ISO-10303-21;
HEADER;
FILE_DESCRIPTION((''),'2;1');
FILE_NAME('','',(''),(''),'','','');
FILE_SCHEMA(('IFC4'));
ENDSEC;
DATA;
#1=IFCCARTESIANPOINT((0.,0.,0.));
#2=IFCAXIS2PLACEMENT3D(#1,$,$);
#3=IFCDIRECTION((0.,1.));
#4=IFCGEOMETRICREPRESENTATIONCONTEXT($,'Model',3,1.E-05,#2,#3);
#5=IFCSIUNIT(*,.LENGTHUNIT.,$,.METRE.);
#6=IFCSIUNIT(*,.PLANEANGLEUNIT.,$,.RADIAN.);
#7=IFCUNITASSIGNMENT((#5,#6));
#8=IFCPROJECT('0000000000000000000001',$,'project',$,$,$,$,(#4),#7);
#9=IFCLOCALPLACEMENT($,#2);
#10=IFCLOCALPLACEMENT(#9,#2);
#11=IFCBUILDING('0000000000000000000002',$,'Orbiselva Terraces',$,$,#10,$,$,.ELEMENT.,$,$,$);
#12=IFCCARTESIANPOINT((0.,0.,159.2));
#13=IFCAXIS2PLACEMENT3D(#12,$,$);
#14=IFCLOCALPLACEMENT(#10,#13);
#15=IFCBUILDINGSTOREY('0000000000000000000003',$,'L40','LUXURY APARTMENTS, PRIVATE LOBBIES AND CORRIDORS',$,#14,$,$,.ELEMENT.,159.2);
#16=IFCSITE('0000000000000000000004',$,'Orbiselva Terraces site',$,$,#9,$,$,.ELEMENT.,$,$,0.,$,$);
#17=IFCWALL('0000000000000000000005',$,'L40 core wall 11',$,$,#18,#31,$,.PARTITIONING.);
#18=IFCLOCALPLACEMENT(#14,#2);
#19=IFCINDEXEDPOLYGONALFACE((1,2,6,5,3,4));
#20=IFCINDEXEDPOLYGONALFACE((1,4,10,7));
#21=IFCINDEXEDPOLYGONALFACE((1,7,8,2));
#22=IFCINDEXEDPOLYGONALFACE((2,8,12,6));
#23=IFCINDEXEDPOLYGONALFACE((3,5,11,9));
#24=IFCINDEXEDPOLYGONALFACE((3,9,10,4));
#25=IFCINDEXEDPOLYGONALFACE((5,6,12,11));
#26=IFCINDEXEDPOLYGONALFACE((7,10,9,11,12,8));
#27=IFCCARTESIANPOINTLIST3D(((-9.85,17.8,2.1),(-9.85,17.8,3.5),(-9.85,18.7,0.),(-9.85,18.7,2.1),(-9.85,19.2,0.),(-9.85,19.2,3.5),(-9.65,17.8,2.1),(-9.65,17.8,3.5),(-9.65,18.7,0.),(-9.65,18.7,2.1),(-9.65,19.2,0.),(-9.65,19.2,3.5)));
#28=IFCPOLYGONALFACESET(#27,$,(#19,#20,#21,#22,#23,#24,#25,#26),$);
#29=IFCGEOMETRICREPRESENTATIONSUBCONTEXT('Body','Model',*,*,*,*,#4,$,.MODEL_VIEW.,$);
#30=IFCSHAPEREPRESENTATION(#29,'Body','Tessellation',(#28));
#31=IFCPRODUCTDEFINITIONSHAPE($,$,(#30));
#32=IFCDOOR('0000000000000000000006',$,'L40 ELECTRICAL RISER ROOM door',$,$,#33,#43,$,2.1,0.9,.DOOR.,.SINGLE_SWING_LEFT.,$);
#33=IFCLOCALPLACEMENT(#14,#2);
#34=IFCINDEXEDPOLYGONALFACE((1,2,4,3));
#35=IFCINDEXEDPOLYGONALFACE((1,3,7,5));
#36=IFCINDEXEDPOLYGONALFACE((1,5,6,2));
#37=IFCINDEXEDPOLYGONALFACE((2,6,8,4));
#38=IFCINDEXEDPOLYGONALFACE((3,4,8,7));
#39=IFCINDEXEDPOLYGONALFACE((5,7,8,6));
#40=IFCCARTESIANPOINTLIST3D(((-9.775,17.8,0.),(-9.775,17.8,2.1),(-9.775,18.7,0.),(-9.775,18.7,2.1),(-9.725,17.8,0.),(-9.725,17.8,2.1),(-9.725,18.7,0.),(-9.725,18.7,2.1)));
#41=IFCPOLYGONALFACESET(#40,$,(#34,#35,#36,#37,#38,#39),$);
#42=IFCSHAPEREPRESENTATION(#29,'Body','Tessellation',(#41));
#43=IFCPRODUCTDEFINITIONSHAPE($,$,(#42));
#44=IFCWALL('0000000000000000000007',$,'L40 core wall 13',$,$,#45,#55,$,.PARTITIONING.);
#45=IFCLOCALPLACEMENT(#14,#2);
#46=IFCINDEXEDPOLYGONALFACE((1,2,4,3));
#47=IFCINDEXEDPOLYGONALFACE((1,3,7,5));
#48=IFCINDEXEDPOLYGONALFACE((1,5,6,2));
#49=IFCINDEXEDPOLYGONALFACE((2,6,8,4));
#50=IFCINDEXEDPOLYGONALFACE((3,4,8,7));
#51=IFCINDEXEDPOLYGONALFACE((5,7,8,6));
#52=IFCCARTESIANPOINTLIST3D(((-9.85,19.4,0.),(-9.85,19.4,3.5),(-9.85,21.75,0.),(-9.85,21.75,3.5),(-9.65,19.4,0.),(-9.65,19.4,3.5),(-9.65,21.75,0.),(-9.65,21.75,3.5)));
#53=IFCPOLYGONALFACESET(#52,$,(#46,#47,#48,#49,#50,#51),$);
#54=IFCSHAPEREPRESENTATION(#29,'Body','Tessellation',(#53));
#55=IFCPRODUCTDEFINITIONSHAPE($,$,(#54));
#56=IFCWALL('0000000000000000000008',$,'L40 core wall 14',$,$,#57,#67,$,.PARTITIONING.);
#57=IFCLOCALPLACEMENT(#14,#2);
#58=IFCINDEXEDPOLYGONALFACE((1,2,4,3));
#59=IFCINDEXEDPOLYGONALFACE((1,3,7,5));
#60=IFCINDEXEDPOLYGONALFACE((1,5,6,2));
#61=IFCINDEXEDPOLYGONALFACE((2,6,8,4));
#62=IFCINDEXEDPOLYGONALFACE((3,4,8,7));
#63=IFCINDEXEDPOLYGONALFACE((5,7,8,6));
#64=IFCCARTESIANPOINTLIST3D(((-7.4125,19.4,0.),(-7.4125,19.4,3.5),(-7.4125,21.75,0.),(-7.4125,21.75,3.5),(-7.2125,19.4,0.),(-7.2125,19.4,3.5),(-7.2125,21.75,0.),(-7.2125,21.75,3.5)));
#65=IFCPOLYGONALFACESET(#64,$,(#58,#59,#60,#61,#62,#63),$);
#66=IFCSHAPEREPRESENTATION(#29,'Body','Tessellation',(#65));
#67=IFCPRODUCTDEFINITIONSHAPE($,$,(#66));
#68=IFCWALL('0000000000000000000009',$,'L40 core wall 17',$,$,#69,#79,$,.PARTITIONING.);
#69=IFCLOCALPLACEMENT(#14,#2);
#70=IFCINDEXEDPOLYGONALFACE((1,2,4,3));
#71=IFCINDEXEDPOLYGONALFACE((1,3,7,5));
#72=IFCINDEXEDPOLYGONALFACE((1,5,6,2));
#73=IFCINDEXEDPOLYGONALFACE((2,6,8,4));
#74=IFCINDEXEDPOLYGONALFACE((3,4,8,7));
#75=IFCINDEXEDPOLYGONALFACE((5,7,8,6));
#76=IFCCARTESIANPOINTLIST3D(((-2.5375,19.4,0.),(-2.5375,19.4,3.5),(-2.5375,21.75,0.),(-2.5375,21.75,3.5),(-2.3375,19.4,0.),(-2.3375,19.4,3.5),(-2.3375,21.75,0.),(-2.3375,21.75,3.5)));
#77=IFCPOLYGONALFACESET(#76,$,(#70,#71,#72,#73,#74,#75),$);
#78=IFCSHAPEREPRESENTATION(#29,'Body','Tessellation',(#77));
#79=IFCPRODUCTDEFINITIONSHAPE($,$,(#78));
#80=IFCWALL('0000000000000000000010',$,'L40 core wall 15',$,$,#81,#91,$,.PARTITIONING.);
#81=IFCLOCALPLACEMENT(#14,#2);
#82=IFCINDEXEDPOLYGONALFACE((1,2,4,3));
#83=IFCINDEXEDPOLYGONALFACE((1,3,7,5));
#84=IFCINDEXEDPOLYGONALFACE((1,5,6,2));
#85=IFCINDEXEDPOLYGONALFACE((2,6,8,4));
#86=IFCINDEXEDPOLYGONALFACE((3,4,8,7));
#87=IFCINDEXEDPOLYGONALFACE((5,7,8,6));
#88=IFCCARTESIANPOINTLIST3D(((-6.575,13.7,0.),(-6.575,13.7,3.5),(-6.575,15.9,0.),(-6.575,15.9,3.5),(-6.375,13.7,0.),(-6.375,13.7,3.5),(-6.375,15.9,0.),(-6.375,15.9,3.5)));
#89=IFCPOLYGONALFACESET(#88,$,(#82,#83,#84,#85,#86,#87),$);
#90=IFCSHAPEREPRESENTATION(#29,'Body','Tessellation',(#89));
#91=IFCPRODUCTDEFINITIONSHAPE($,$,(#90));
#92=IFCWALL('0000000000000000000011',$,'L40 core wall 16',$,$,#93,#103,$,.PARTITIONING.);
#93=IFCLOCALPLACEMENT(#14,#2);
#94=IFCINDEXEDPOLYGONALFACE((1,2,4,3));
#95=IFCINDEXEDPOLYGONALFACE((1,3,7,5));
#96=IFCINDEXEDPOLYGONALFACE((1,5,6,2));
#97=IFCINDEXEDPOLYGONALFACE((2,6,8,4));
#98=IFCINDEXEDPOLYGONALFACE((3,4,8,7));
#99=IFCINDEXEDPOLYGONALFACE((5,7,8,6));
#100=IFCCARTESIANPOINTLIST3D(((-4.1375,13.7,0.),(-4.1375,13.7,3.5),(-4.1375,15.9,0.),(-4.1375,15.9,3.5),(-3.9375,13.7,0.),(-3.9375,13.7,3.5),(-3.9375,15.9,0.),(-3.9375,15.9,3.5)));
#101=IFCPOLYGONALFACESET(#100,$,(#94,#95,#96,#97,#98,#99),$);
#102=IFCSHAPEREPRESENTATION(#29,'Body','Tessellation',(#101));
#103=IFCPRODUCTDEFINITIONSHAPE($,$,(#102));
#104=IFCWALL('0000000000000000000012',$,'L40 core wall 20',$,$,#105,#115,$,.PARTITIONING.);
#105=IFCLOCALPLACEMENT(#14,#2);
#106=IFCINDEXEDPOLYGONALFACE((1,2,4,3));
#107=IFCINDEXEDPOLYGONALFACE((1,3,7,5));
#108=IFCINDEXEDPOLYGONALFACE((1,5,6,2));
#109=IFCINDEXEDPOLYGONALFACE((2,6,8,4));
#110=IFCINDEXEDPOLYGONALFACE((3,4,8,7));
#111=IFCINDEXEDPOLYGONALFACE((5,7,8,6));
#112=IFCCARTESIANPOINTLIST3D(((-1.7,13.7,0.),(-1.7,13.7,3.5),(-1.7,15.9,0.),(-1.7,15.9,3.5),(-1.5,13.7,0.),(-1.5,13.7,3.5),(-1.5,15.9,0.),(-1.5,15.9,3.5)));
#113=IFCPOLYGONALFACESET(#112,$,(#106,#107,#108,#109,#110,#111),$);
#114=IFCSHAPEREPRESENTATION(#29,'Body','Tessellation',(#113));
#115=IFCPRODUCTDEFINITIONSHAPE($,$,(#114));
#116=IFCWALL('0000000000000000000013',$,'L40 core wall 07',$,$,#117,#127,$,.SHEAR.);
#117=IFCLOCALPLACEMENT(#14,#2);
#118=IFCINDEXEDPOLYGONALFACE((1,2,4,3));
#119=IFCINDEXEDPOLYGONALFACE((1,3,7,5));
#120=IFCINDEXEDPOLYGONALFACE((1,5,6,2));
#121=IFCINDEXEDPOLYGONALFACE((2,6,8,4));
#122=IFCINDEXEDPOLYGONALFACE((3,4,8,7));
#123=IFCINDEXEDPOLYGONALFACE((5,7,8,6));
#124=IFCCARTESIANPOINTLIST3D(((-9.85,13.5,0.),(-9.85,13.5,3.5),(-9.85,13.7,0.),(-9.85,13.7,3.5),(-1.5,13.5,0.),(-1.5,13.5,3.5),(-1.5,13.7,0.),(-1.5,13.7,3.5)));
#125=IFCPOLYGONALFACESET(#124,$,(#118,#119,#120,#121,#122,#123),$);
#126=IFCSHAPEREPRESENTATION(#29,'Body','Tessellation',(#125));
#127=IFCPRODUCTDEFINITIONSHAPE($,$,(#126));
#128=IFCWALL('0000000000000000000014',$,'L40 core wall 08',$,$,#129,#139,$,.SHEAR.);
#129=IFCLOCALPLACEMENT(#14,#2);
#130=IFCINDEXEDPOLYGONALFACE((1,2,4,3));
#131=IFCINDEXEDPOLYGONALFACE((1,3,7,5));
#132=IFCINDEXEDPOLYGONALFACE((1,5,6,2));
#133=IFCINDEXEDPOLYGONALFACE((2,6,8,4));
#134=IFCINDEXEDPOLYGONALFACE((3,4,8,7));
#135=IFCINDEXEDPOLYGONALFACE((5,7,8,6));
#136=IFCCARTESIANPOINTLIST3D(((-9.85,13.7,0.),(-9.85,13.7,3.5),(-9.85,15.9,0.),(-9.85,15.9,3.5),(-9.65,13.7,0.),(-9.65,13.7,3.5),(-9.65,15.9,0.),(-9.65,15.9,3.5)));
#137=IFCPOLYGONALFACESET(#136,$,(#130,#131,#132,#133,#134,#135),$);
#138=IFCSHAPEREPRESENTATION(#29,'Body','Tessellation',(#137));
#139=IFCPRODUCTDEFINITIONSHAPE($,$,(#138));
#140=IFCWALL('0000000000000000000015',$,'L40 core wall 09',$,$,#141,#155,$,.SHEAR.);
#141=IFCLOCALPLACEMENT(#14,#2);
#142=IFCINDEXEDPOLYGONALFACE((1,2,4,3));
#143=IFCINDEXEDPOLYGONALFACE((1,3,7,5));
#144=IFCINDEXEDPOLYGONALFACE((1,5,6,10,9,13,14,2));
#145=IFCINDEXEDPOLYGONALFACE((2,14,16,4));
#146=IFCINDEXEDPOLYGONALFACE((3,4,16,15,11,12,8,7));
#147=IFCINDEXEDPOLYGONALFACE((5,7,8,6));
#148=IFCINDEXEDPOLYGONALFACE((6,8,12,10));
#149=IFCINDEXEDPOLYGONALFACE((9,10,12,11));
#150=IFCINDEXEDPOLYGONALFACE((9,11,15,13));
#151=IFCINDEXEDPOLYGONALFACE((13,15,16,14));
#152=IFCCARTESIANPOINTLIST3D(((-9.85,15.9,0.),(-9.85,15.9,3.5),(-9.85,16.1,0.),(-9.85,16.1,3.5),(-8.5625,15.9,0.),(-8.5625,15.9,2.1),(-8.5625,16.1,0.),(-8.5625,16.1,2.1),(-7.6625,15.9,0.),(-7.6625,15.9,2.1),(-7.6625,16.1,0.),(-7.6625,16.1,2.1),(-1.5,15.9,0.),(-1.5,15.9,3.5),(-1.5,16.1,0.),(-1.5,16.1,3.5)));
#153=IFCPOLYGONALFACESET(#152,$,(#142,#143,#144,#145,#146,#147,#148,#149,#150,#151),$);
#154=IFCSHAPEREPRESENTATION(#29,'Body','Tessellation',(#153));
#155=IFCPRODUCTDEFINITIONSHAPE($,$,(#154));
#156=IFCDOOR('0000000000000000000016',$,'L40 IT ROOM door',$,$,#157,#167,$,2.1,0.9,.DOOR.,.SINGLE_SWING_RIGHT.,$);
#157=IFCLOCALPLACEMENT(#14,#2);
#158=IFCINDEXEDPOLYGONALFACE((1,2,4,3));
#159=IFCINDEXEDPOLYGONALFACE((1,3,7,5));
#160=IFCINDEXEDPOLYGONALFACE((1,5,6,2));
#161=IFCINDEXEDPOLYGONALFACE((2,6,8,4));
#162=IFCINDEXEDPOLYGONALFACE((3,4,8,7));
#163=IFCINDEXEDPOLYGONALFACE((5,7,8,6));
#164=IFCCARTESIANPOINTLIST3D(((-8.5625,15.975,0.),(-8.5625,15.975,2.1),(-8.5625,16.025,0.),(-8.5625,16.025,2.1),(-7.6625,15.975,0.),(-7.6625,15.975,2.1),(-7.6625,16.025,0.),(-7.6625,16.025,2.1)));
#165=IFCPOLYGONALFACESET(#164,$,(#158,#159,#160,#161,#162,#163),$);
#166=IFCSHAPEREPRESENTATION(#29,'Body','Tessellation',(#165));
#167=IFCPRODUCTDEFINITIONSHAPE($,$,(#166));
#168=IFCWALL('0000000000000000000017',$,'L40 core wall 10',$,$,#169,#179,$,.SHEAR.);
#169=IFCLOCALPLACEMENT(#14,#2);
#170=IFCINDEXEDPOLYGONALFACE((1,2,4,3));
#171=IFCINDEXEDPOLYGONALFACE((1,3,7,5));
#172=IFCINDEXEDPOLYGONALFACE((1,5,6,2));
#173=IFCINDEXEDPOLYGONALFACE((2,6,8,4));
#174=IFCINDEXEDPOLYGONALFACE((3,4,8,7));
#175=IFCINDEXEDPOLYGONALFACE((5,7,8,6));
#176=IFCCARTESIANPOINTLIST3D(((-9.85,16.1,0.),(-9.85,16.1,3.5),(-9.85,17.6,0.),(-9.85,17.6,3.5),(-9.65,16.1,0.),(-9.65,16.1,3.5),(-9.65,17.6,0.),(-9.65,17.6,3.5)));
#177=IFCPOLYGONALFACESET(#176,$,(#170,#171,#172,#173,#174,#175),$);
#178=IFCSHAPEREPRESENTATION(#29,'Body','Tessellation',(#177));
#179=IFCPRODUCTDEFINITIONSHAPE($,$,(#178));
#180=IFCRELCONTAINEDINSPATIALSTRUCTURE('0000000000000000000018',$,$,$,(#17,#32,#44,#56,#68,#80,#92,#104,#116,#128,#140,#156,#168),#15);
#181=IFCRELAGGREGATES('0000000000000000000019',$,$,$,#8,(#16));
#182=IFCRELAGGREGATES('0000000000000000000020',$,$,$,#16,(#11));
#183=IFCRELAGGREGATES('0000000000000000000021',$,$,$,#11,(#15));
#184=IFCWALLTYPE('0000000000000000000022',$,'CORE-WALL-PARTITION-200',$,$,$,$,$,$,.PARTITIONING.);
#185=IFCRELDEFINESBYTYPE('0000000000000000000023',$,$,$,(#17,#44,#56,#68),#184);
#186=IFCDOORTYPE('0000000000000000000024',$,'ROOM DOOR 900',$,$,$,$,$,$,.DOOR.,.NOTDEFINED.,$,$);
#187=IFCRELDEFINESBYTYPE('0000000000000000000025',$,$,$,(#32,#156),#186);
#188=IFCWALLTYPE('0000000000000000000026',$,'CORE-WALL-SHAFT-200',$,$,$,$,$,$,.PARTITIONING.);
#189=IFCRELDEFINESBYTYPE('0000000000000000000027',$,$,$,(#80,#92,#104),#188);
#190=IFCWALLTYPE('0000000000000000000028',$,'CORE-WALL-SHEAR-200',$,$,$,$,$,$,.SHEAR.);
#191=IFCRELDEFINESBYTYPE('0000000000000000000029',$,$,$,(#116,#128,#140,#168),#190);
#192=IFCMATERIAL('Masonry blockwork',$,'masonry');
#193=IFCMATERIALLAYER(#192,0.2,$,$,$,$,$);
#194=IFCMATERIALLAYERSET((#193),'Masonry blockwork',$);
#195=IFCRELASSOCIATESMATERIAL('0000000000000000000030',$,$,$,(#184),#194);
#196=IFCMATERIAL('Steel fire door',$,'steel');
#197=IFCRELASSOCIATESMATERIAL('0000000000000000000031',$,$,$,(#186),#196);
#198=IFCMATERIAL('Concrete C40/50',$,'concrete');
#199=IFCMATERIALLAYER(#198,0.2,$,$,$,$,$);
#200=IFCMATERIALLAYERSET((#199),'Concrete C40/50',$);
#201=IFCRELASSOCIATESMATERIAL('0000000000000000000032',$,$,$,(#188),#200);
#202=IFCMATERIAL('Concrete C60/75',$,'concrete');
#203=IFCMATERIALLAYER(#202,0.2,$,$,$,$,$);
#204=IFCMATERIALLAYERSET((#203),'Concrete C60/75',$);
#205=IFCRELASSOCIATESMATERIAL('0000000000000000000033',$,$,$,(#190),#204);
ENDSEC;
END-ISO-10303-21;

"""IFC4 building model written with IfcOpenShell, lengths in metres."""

from ifc_helpers import new_model, si_unit, direction, frame, frame_2d, origin, place, context, subcontext, project, spatial, rectangle, extrude, material, layer, layer_set, type_object, element, fill, save


model = new_model("IFC4")

# Units and contexts
model_context = context("Model", 3, precision=1e-05, world=origin(), true_north=direction((0.0, 1.0)))
body_context = subcontext(model_context, "Body", "Model", "MODEL_VIEW")
ifc_project = project(units=[si_unit("LENGTHUNIT", "METRE"), si_unit("PLANEANGLEUNIT", "RADIAN")], contexts=[model_context])

# Site, building, storey
site_placement = place(None, origin())
site = spatial("IfcSite", under=ifc_project, at=site_placement, Name="Orbiselva Terraces site", CompositionType="ELEMENT", RefElevation=0.0)
building_placement = place(site_placement, origin())
building = spatial("IfcBuilding", under=site, at=building_placement, Name="Orbiselva Terraces", CompositionType="ELEMENT")
storey_placement = place(building_placement, frame((0.0, 0.0, 159.2)))
storey = spatial("IfcBuildingStorey", under=building, at=storey_placement, Name="L40", Description="LUXURY APARTMENTS, PRIVATE LOBBIES AND CORRIDORS", CompositionType="ELEMENT", Elevation=159.2)

# Wall, opening, door
ifc_material_1 = material(Name="Masonry blockwork", Category="masonry")
ifc_layer_1 = layer(ifc_material_1, 0.2)
ifc_layer_set_1 = layer_set([ifc_layer_1], Name="Masonry blockwork")
wall_type_1 = type_object("IfcWallType", Name="CORE-WALL-PARTITION-200", PredefinedType="PARTITIONING", material=ifc_layer_set_1)
wall_1_placement = place(storey_placement, frame((-9.75, 17.8, 0.0), z_axis=(0.0, 0.0, 1.0), x_axis=(0.0, 1.0, 0.0)))
wall_1 = element("IfcWall", 1, at=wall_1_placement, inside=storey, type_object=wall_type_1, Name="L40 core wall 11", PredefinedType="PARTITIONING", context=body_context, shape_type="SweptSolid", body=[
    extrude(rectangle(XDim=1.4, YDim=0.2, at=frame_2d((0.7, 0.0))), origin(), (0.0, 0.0, 1.0), 3.5),
])
opening_1_placement = place(wall_1_placement, origin())
opening_1 = element("IfcOpeningElement", 2, at=opening_1_placement, cuts=wall_1, PredefinedType="OPENING", context=body_context, shape_type="SweptSolid", body=[
    extrude(rectangle(XDim=0.9, YDim=2.1, at=frame_2d((0.45, 1.05))), frame((0.0, 0.11, 0.0), z_axis=(0.0, -1.0, 0.0), x_axis=(1.0, 0.0, 0.0)), (0.0, 0.0, 1.0), 0.22),
])
ifc_material_2 = material(Name="Steel fire door", Category="steel")
door_type_1 = type_object("IfcDoorType", Name="ROOM DOOR 900", OperationType="NOTDEFINED", PredefinedType="DOOR", material=ifc_material_2)
door_1_placement = place(opening_1_placement, origin())
door_1 = element("IfcDoor", 3, at=door_1_placement, inside=storey, type_object=door_type_1, Name="L40 ELECTRICAL RISER ROOM door", OperationType="SINGLE_SWING_LEFT", OverallHeight=2.1, OverallWidth=0.9, PredefinedType="DOOR", context=body_context, shape_type="SweptSolid", body=[
    extrude(rectangle(XDim=0.9, YDim=2.1, at=frame_2d((0.45, 1.05))), frame((0.0, 0.025, 0.0), z_axis=(0.0, -1.0, 0.0), x_axis=(1.0, 0.0, 0.0)), (0.0, 0.0, 1.0), 0.05),
])
fill(opening_1, door_1)

# Walls
for number, where, z_axis, x_axis, name in (
    (4, (-9.75, 19.4, 0.0), (0.0, 0.0, 1.0), (0.0, 1.0, 0.0), "L40 core wall 13"),
    (5, (-7.3125, 19.4, 0.0), (0.0, 0.0, 1.0), (0.0, 1.0, 0.0), "L40 core wall 14"),
    (6, (-2.4375, 19.4, 0.0), (0.0, 0.0, 1.0), (0.0, 1.0, 0.0), "L40 core wall 17"),
):
    element("IfcWall", number, at=place(storey_placement, frame(where, z_axis=z_axis, x_axis=x_axis)), inside=storey, type_object=wall_type_1, Name=name, PredefinedType="PARTITIONING", context=body_context, shape_type="SweptSolid", body=[
        extrude(rectangle(XDim=2.35, YDim=0.2, at=frame_2d((1.175, 0.0))), origin(), (0.0, 0.0, 1.0), 3.5),
    ])
ifc_material_3 = material(Name="Concrete C40/50", Category="concrete")
ifc_layer_2 = layer(ifc_material_3, 0.2)
ifc_layer_set_2 = layer_set([ifc_layer_2], Name="Concrete C40/50")
wall_type_2 = type_object("IfcWallType", Name="CORE-WALL-SHAFT-200", PredefinedType="PARTITIONING", material=ifc_layer_set_2)
for number, where, z_axis, x_axis, name in (
    (7, (-6.475, 13.7, 0.0), (0.0, 0.0, 1.0), (0.0, 1.0, 0.0), "L40 core wall 15"),
    (8, (-4.0375, 13.7, 0.0), (0.0, 0.0, 1.0), (0.0, 1.0, 0.0), "L40 core wall 16"),
    (9, (-1.6, 13.7, 0.0), (0.0, 0.0, 1.0), (0.0, 1.0, 0.0), "L40 core wall 20"),
):
    element("IfcWall", number, at=place(storey_placement, frame(where, z_axis=z_axis, x_axis=x_axis)), inside=storey, type_object=wall_type_2, Name=name, PredefinedType="PARTITIONING", context=body_context, shape_type="SweptSolid", body=[
        extrude(rectangle(XDim=2.2, YDim=0.2, at=frame_2d((1.1, 0.0))), origin(), (0.0, 0.0, 1.0), 3.5),
    ])
ifc_material_4 = material(Name="Concrete C60/75", Category="concrete")
ifc_layer_3 = layer(ifc_material_4, 0.2)
ifc_layer_set_3 = layer_set([ifc_layer_3], Name="Concrete C60/75")
wall_type_3 = type_object("IfcWallType", Name="CORE-WALL-SHEAR-200", PredefinedType="SHEAR", material=ifc_layer_set_3)
wall_2_placement = place(storey_placement, frame((-9.85, 13.6, 0.0), z_axis=(0.0, 0.0, 1.0), x_axis=(1.0, 0.0, 0.0)))
element("IfcWall", 10, at=wall_2_placement, inside=storey, type_object=wall_type_3, Name="L40 core wall 07", PredefinedType="SHEAR", context=body_context, shape_type="SweptSolid", body=[
    extrude(rectangle(XDim=8.35, YDim=0.2, at=frame_2d((4.175, 0.0))), origin(), (0.0, 0.0, 1.0), 3.5),
])
wall_3_placement = place(storey_placement, frame((-9.75, 13.7, 0.0), z_axis=(0.0, 0.0, 1.0), x_axis=(0.0, 1.0, 0.0)))
element("IfcWall", 11, at=wall_3_placement, inside=storey, type_object=wall_type_3, Name="L40 core wall 08", PredefinedType="SHEAR", context=body_context, shape_type="SweptSolid", body=[
    extrude(rectangle(XDim=2.2, YDim=0.2, at=frame_2d((1.1, 0.0))), origin(), (0.0, 0.0, 1.0), 3.5),
])

# Wall, opening, door
wall_4_placement = place(storey_placement, frame((-1.5, 16.0, 0.0), z_axis=(0.0, 0.0, 1.0), x_axis=(-1.0, 0.0, 0.0)))
wall_4 = element("IfcWall", 12, at=wall_4_placement, inside=storey, type_object=wall_type_3, Name="L40 core wall 09", PredefinedType="SHEAR", context=body_context, shape_type="SweptSolid", body=[
    extrude(rectangle(XDim=8.35, YDim=0.2, at=frame_2d((4.175, 0.0))), origin(), (0.0, 0.0, 1.0), 3.5),
])
opening_2_placement = place(wall_4_placement, frame((6.1625, 0.0, 0.0)))
opening_2 = element("IfcOpeningElement", 13, at=opening_2_placement, cuts=wall_4, PredefinedType="OPENING", context=body_context, shape_type="SweptSolid", body=[
    extrude(rectangle(XDim=0.9, YDim=2.1, at=frame_2d((0.45, 1.05))), frame((0.0, 0.11, 0.0), z_axis=(0.0, -1.0, 0.0), x_axis=(1.0, 0.0, 0.0)), (0.0, 0.0, 1.0), 0.22),
])
door_2_placement = place(opening_2_placement, origin())
door_2 = element("IfcDoor", 14, at=door_2_placement, inside=storey, type_object=door_type_1, Name="L40 IT ROOM door", OperationType="SINGLE_SWING_RIGHT", OverallHeight=2.1, OverallWidth=0.9, PredefinedType="DOOR", context=body_context, shape_type="SweptSolid", body=[
    extrude(rectangle(XDim=0.9, YDim=2.1, at=frame_2d((0.45, 1.05))), frame((0.0, 0.025, 0.0), z_axis=(0.0, -1.0, 0.0), x_axis=(1.0, 0.0, 0.0)), (0.0, 0.0, 1.0), 0.05),
])
fill(opening_2, door_2)

# Wall
wall_5_placement = place(storey_placement, frame((-9.75, 16.1, 0.0), z_axis=(0.0, 0.0, 1.0), x_axis=(0.0, 1.0, 0.0)))
element("IfcWall", 15, at=wall_5_placement, inside=storey, type_object=wall_type_3, Name="L40 core wall 10", PredefinedType="SHEAR", context=body_context, shape_type="SweptSolid", body=[
    extrude(rectangle(XDim=1.5, YDim=0.2, at=frame_2d((0.75, 0.0))), origin(), (0.0, 0.0, 1.0), 3.5),
])

save(model, "model.ifc")
